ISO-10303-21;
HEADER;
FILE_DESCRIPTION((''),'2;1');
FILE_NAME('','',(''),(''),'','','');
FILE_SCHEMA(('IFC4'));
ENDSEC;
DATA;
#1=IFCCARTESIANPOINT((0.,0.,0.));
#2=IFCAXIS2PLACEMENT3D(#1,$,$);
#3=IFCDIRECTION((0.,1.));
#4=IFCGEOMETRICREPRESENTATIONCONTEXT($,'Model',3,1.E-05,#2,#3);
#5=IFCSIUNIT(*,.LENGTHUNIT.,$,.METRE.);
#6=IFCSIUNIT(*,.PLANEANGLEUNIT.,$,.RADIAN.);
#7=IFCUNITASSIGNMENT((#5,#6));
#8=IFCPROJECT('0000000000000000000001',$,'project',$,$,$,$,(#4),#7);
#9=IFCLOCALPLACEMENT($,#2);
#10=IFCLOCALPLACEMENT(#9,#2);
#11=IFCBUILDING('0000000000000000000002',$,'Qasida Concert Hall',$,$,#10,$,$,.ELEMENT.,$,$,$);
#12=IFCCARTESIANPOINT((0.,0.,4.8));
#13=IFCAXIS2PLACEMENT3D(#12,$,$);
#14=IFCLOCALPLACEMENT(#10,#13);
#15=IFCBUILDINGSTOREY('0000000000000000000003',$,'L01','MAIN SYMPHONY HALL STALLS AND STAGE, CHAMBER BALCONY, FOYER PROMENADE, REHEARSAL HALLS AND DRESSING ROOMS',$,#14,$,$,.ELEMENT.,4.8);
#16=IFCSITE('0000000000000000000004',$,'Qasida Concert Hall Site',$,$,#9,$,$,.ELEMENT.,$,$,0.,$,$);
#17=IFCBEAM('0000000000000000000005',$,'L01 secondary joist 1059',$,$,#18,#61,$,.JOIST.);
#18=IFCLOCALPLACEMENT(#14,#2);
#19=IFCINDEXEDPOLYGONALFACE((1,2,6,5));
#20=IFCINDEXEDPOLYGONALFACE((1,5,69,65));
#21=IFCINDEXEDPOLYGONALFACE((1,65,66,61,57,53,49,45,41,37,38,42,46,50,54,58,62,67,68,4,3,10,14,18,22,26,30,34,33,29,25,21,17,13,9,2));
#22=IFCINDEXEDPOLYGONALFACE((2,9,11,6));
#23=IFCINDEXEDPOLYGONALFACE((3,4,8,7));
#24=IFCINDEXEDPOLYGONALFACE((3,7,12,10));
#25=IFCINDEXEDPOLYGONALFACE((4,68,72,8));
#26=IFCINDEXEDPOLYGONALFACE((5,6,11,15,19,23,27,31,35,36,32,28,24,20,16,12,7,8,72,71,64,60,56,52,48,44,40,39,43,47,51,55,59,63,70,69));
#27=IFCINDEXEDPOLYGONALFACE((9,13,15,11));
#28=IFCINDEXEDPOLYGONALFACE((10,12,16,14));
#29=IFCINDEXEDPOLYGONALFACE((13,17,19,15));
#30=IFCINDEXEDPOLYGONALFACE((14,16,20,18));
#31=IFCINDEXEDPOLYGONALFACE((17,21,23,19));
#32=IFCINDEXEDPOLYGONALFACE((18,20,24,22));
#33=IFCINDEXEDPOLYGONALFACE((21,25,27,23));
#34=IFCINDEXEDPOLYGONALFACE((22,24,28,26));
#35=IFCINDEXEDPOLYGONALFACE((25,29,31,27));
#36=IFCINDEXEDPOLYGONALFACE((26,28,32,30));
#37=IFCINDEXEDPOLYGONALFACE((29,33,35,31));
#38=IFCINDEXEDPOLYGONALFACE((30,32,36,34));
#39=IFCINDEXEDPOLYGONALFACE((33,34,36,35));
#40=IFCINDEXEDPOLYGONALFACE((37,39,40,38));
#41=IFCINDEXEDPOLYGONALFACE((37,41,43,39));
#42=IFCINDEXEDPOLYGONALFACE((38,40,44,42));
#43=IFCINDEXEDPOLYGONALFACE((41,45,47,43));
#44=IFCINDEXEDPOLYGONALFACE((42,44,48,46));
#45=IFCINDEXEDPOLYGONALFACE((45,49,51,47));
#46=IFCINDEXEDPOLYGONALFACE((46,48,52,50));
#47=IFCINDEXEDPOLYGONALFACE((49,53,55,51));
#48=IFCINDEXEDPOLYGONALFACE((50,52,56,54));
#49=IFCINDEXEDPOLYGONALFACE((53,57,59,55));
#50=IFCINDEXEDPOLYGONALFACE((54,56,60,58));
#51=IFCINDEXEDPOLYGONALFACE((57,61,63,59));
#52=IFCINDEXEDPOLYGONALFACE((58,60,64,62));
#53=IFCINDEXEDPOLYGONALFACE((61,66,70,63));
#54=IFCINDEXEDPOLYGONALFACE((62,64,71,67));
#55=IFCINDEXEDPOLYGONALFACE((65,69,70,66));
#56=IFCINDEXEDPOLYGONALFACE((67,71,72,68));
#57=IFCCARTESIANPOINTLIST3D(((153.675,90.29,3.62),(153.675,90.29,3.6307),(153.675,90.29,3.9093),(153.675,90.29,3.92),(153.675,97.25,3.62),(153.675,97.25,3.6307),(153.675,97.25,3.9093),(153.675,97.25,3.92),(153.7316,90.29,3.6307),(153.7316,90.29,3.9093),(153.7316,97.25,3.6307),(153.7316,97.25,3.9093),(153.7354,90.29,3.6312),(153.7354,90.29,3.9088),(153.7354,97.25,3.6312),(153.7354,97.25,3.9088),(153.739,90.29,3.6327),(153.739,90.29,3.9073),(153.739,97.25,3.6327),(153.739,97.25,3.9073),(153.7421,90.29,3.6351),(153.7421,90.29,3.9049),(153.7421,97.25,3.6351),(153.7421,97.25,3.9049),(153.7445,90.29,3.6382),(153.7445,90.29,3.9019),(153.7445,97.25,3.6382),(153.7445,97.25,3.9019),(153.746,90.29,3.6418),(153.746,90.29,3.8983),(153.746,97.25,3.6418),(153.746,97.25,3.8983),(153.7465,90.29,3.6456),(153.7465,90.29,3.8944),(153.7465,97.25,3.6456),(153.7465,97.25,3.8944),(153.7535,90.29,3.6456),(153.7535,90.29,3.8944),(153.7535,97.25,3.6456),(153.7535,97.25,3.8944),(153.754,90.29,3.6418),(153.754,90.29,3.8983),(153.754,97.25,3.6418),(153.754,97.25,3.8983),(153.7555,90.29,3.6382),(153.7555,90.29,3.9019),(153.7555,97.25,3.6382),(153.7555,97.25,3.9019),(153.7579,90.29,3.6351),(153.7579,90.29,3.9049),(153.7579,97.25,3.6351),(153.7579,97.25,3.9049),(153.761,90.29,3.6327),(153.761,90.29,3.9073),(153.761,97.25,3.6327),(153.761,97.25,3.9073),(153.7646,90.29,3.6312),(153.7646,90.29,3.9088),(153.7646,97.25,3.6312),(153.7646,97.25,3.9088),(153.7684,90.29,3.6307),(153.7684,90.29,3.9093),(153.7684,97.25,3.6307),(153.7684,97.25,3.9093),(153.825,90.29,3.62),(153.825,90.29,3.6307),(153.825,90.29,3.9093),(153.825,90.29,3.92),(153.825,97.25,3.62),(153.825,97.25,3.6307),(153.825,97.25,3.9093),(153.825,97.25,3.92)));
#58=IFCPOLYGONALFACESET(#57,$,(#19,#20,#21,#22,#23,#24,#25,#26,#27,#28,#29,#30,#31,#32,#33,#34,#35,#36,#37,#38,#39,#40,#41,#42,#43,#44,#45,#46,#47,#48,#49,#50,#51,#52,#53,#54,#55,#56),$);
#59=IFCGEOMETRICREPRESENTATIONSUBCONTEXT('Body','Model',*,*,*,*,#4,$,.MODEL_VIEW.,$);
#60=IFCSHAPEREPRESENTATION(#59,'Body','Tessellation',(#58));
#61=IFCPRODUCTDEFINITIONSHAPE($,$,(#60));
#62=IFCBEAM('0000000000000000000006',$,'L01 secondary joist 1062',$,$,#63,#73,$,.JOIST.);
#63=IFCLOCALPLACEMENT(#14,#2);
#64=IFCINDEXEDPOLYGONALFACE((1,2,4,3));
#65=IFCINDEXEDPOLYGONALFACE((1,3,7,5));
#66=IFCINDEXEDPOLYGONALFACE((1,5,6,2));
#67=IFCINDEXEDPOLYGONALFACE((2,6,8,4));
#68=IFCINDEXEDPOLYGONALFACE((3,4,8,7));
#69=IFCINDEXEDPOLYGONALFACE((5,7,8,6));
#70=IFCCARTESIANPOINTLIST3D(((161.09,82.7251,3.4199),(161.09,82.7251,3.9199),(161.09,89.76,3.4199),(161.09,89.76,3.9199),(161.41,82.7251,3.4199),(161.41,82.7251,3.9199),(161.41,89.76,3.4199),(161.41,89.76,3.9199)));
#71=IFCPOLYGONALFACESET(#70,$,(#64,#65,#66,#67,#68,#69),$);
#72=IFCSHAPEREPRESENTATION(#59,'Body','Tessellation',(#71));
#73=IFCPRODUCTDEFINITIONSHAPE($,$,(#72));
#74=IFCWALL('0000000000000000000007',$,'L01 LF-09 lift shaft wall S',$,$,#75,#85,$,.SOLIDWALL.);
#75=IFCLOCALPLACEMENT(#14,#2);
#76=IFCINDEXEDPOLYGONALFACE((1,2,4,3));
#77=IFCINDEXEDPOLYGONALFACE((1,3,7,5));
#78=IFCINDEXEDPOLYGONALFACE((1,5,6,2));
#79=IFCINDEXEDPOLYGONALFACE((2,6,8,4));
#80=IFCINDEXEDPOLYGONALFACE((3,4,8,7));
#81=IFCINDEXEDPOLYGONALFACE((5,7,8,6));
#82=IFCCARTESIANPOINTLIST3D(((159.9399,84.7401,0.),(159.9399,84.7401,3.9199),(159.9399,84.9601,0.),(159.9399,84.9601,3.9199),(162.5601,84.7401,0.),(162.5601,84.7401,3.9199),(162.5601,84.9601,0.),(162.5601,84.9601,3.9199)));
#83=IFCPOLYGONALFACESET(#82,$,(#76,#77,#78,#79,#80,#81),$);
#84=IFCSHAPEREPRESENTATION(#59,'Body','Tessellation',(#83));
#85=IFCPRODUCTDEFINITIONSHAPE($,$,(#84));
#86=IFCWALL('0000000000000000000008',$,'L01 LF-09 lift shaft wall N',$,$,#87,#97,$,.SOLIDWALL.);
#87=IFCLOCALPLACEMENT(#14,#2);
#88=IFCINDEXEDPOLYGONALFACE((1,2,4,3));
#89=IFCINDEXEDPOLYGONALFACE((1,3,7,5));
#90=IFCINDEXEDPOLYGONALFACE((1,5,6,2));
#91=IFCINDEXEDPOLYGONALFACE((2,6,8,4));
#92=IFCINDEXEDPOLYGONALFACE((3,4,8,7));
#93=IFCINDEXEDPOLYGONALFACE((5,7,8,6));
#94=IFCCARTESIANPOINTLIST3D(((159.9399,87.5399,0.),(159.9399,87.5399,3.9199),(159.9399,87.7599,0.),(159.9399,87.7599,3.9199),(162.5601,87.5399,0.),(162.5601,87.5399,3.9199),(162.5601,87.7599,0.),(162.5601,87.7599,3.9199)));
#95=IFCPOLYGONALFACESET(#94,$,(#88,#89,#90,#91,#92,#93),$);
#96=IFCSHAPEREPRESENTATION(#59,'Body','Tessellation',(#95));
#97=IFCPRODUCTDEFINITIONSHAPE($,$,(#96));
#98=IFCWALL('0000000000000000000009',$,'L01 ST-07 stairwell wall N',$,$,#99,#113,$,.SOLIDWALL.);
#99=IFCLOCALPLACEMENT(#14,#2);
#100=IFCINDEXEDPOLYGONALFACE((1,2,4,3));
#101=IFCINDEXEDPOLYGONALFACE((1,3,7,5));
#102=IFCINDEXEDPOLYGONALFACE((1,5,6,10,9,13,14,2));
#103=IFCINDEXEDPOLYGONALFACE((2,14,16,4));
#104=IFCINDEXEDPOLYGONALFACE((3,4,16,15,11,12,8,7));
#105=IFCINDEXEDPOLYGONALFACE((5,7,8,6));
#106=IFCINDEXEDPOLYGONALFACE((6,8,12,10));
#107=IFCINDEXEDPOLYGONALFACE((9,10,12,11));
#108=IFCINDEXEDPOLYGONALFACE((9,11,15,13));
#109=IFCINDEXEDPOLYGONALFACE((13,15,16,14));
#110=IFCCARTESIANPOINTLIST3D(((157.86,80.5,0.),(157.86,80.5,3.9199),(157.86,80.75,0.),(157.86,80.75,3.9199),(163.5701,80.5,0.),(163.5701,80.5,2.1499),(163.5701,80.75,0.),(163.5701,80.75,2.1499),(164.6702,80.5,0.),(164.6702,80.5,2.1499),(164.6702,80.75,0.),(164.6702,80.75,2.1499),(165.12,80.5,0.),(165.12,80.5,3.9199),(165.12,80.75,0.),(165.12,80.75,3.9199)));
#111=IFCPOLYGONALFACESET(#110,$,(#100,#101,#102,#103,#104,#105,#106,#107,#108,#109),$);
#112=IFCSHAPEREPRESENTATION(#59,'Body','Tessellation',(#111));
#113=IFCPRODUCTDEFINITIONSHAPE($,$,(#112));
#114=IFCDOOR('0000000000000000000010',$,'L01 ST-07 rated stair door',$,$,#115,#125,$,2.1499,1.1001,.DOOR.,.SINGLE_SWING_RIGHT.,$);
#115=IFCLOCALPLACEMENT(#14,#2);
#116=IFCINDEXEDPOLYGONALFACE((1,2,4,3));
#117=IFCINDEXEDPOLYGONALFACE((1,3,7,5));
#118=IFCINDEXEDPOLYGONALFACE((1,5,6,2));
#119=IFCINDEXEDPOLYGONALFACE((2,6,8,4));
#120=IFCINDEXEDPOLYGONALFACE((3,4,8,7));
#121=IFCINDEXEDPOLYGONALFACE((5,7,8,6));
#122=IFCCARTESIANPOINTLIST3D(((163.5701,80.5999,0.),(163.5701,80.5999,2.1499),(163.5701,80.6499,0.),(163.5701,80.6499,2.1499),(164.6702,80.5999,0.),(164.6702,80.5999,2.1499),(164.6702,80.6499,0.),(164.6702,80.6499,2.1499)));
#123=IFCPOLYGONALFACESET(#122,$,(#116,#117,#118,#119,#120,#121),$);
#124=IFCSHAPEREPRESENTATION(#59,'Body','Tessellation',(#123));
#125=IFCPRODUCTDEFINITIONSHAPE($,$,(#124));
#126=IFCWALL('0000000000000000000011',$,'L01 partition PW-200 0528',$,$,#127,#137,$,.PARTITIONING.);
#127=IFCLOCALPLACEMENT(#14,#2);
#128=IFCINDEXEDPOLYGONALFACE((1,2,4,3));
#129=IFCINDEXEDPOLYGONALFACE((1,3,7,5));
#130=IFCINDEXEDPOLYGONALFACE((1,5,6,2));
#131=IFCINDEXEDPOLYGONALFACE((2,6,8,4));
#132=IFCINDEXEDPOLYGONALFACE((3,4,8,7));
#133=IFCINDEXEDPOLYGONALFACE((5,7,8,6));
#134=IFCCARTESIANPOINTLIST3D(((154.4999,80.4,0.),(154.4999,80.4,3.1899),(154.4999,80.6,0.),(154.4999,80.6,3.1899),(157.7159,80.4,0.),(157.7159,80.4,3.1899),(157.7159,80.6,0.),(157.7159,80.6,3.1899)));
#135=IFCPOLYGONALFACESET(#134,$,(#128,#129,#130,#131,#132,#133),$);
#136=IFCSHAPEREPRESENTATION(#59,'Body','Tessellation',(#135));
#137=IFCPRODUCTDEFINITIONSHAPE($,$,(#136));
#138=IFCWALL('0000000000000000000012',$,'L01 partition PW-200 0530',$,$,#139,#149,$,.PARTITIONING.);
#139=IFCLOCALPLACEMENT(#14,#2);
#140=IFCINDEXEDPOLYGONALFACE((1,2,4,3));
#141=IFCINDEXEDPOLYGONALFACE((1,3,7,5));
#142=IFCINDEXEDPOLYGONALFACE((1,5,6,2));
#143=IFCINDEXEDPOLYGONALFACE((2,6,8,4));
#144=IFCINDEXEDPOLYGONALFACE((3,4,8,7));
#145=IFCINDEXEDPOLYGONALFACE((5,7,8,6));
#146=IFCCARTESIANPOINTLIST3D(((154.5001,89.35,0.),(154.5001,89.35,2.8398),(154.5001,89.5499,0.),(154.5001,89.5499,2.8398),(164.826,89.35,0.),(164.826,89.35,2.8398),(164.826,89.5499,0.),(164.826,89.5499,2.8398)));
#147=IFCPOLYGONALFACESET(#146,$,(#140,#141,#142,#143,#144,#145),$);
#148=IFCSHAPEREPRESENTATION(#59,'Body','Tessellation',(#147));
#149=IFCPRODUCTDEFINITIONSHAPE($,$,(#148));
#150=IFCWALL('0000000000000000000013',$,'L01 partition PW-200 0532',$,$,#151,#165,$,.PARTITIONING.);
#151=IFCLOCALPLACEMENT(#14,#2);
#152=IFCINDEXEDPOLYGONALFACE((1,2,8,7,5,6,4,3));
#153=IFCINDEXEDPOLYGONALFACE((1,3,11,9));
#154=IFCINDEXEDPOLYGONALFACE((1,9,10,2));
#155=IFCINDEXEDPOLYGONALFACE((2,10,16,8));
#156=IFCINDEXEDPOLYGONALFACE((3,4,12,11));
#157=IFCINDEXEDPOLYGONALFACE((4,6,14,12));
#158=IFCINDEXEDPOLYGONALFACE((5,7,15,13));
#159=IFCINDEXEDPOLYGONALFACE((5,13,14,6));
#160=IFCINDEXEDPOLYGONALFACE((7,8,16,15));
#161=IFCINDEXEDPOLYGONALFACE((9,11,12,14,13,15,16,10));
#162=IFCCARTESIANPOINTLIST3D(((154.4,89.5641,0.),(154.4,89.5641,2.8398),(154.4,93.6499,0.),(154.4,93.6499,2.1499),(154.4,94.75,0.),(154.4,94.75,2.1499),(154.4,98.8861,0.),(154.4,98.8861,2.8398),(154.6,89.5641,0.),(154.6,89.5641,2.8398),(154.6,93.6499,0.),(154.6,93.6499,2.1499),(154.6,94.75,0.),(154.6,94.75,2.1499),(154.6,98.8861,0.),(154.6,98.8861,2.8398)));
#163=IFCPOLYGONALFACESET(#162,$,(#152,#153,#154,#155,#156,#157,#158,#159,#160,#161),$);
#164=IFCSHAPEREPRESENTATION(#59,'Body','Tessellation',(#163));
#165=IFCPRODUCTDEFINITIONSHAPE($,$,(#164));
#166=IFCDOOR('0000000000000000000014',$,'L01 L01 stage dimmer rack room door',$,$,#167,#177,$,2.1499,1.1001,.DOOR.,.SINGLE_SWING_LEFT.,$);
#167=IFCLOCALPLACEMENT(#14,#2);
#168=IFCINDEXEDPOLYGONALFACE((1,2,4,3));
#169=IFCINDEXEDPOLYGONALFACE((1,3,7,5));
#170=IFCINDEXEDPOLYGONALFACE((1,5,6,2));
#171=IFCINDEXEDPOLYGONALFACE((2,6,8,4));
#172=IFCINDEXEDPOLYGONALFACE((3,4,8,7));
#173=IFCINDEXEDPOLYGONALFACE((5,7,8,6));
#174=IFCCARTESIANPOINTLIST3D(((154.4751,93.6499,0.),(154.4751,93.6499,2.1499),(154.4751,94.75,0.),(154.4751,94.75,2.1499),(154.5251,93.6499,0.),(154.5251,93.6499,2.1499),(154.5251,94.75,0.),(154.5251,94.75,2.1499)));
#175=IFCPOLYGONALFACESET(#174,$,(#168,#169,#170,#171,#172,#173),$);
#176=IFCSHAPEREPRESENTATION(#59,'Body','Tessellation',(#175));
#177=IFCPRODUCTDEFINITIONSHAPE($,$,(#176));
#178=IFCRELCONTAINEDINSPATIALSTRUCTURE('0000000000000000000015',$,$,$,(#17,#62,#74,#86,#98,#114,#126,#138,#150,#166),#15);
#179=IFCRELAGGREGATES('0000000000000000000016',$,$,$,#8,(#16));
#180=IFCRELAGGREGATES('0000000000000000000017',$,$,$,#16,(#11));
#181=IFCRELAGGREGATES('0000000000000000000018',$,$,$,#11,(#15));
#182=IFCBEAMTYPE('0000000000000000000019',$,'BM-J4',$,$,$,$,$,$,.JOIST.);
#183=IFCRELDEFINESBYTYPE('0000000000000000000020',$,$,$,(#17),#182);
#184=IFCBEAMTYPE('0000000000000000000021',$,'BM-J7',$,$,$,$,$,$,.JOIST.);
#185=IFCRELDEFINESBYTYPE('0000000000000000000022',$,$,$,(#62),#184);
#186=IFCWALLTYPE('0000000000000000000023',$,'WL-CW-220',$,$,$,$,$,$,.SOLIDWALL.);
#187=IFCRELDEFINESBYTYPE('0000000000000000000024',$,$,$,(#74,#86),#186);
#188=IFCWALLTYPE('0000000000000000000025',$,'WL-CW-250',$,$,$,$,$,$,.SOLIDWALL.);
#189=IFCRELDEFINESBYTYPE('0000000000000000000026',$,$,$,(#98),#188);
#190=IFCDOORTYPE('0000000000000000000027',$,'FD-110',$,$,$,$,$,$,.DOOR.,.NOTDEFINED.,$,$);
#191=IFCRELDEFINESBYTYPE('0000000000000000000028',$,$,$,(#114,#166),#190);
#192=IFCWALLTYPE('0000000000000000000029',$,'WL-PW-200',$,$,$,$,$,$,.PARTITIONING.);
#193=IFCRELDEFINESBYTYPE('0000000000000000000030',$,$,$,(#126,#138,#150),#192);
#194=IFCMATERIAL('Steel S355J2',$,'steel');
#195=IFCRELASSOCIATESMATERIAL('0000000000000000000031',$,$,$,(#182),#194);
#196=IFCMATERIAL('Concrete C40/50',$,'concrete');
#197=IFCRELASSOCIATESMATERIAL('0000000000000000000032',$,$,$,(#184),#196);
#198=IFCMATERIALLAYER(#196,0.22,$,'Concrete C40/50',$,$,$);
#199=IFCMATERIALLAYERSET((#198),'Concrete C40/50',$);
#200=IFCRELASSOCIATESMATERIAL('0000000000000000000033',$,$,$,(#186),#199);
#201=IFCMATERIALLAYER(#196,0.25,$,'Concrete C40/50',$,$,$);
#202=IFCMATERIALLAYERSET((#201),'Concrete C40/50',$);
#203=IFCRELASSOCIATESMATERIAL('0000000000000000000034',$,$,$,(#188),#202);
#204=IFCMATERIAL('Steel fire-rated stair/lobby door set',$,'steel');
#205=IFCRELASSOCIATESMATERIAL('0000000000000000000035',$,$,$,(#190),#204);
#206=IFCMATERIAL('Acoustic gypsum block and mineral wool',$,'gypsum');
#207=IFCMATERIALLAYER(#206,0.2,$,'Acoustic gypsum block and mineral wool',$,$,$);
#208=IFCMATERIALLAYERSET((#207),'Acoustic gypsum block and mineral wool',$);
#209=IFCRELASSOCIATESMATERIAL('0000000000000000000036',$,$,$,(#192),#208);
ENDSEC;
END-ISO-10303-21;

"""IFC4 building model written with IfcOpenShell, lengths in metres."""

from ifc_helpers import new_model, si_unit, direction, frame, frame_2d, origin, origin_2d, place, context, subcontext, project, spatial, rectangle, i_section, extrude, material, layer, layer_set, material_profile, profile_set, type_object, element, fill, save


model = new_model("IFC4")

# Units and contexts
model_context = context("Model", 3, precision=1e-05, world=origin(), true_north=direction((0.0, 1.0)))
body_context = subcontext(model_context, "Body", "Model", "MODEL_VIEW")
ifc_project = project(units=[si_unit("LENGTHUNIT", "METRE"), si_unit("PLANEANGLEUNIT", "RADIAN")], contexts=[model_context])

# Site, building, storey
site_placement = place(None, origin())
site = spatial("IfcSite", under=ifc_project, at=site_placement, Name="Qasida Concert Hall Site", CompositionType="ELEMENT", RefElevation=0.0)
building_placement = place(site_placement, origin())
building = spatial("IfcBuilding", under=site, at=building_placement, Name="Qasida Concert Hall", CompositionType="ELEMENT")
storey_placement = place(building_placement, frame((0.0, 0.0, 4.8)))
storey = spatial("IfcBuildingStorey", under=building, at=storey_placement, Name="L01", Description="MAIN SYMPHONY HALL STALLS AND STAGE, CHAMBER BALCONY, FOYER PROMENADE, REHEARSAL HALLS AND DRESSING ROOMS", CompositionType="ELEMENT", Elevation=4.8)

# Beams
ifc_material_1 = material(Name="Concrete C40/50", Category="concrete")
ifc_material_2 = material(Name="Steel S355J2", Category="steel")
ifc_material_profile_1 = material_profile(ifc_material_2, i_section(OverallWidth=0.1499, OverallDepth=0.3, WebThickness=0.0071, FlangeThickness=0.0107, FilletRadius=0.0149, at=origin_2d()), Name="IPE 300")
ifc_profile_set_1 = profile_set([ifc_material_profile_1], Name="Steel S355J2")
beam_type_1 = type_object("IfcBeamType", Name="BM-J4", PredefinedType="JOIST", material=ifc_profile_set_1)
beam_1_placement = place(storey_placement, frame((153.75, 90.29, 3.77), z_axis=(0.0, 1.0, 0.0), x_axis=(-1.0, 0.0, 0.0)))
element("IfcBeam", 1, at=beam_1_placement, inside=storey, type_object=beam_type_1, Name="L01 secondary joist 1059", PredefinedType="JOIST", context=body_context, shape_type="SweptSolid", body=[
    extrude(i_section(OverallWidth=0.1499, OverallDepth=0.3, WebThickness=0.0071, FlangeThickness=0.0107, FilletRadius=0.0149, at=origin_2d()), origin(), (0.0, 0.0, 1.0), 6.96),
])
ifc_material_profile_2 = material_profile(ifc_material_1, rectangle(XDim=0.3201, YDim=0.5, at=origin_2d()), Name="RC 320x500")
ifc_profile_set_2 = profile_set([ifc_material_profile_2], Name="Concrete C40/50")
beam_type_2 = type_object("IfcBeamType", Name="BM-J7", PredefinedType="JOIST", material=ifc_profile_set_2)
beam_2_placement = place(storey_placement, frame((161.25, 82.7251, 3.6699), z_axis=(0.0, 1.0, 0.0), x_axis=(-1.0, 0.0, 0.0)))
element("IfcBeam", 2, at=beam_2_placement, inside=storey, type_object=beam_type_2, Name="L01 secondary joist 1062", PredefinedType="JOIST", context=body_context, shape_type="SweptSolid", body=[
    extrude(rectangle(XDim=0.3201, YDim=0.5, at=origin_2d()), origin(), (0.0, 0.0, 1.0), 7.0349),
])

# Walls
ifc_layer_1 = layer(ifc_material_1, 0.22, Name="Concrete C40/50")
ifc_layer_set_1 = layer_set([ifc_layer_1], Name="Concrete C40/50")
wall_type_1 = type_object("IfcWallType", Name="WL-CW-220", PredefinedType="SOLIDWALL", material=ifc_layer_set_1)
for number, where, z_axis, x_axis, name in (
    (3, (159.9399, 84.8501, 0.0), (0.0, 0.0, 1.0), (1.0, 0.0, 0.0), "L01 LF-09 lift shaft wall S"),
    (4, (159.9399, 87.6499, 0.0), (0.0, 0.0, 1.0), (1.0, 0.0, 0.0), "L01 LF-09 lift shaft wall N"),
):
    element("IfcWall", number, at=place(storey_placement, frame(where, z_axis=z_axis, x_axis=x_axis)), inside=storey, type_object=wall_type_1, Name=name, PredefinedType="SOLIDWALL", context=body_context, shape_type="SweptSolid", body=[
        extrude(rectangle(XDim=2.6201, YDim=0.22, at=frame_2d((1.3101, 0.0))), origin(), (0.0, 0.0, 1.0), 3.9199),
    ])

# Wall, opening, door
ifc_layer_2 = layer(ifc_material_1, 0.25, Name="Concrete C40/50")
ifc_layer_set_2 = layer_set([ifc_layer_2], Name="Concrete C40/50")
wall_type_2 = type_object("IfcWallType", Name="WL-CW-250", PredefinedType="SOLIDWALL", material=ifc_layer_set_2)
wall_1_placement = place(storey_placement, frame((157.8601, 80.625, 0.0), z_axis=(0.0, 0.0, 1.0), x_axis=(1.0, 0.0, 0.0)))
wall_1 = element("IfcWall", 5, at=wall_1_placement, inside=storey, type_object=wall_type_2, Name="L01 ST-07 stairwell wall N", PredefinedType="SOLIDWALL", context=body_context, shape_type="SweptSolid", body=[
    extrude(rectangle(XDim=7.26, YDim=0.25, at=frame_2d((3.6299, 0.0))), origin(), (0.0, 0.0, 1.0), 3.9199),
])
opening_1_placement = place(wall_1_placement, frame((5.71, 0.0, 0.0)))
opening_1 = element("IfcOpeningElement", 6, at=opening_1_placement, cuts=wall_1, PredefinedType="OPENING", context=body_context, shape_type="SweptSolid", body=[
    extrude(rectangle(XDim=1.1001, YDim=2.1499, at=frame_2d((0.55, 1.075))), frame((0.0, 0.135, 0.0), z_axis=(0.0, -1.0, 0.0), x_axis=(1.0, 0.0, 0.0)), (0.0, 0.0, 1.0), 0.27),
])
ifc_material_3 = material(Name="Steel fire-rated stair/lobby door set", Category="steel")
door_type_1 = type_object("IfcDoorType", Name="FD-110", OperationType="NOTDEFINED", PredefinedType="DOOR", material=ifc_material_3)
door_1_placement = place(opening_1_placement, origin())
door_1 = element("IfcDoor", 7, at=door_1_placement, inside=storey, type_object=door_type_1, Name="L01 ST-07 rated stair door", OperationType="SINGLE_SWING_RIGHT", OverallHeight=2.1499, OverallWidth=1.1001, PredefinedType="DOOR", context=body_context, shape_type="SweptSolid", body=[
    extrude(rectangle(XDim=1.1001, YDim=2.1499, at=frame_2d((0.55, 1.075))), frame((0.0, 0.0249, 0.0), z_axis=(0.0, -1.0, 0.0), x_axis=(1.0, 0.0, 0.0)), (0.0, 0.0, 1.0), 0.05),
])
fill(opening_1, door_1)

# Walls
ifc_material_4 = material(Name="Acoustic gypsum block and mineral wool", Category="gypsum")
ifc_layer_3 = layer(ifc_material_4, 0.2, Name="Acoustic gypsum block and mineral wool")
ifc_layer_set_3 = layer_set([ifc_layer_3], Name="Acoustic gypsum block and mineral wool")
wall_type_3 = type_object("IfcWallType", Name="WL-PW-200", PredefinedType="PARTITIONING", material=ifc_layer_set_3)
wall_2_placement = place(storey_placement, frame((154.5, 80.5, 0.0), z_axis=(0.0, 0.0, 1.0), x_axis=(1.0, 0.0, 0.0)))
element("IfcWall", 8, at=wall_2_placement, inside=storey, type_object=wall_type_3, Name="L01 partition PW-200 0528", PredefinedType="PARTITIONING", context=body_context, shape_type="SweptSolid", body=[
    extrude(rectangle(XDim=3.2161, YDim=0.2, at=frame_2d((1.6079, 0.0))), origin(), (0.0, 0.0, 1.0), 3.1899),
])
wall_3_placement = place(storey_placement, frame((154.5, 89.45, 0.0), z_axis=(0.0, 0.0, 1.0), x_axis=(1.0, 0.0, 0.0)))
element("IfcWall", 9, at=wall_3_placement, inside=storey, type_object=wall_type_3, Name="L01 partition PW-200 0530", PredefinedType="PARTITIONING", context=body_context, shape_type="SweptSolid", body=[
    extrude(rectangle(XDim=10.3259, YDim=0.2, at=frame_2d((5.1631, 0.0))), origin(), (0.0, 0.0, 1.0), 2.8398),
])

# Wall, opening, door
wall_4_placement = place(storey_placement, frame((154.5, 89.564, 0.0), z_axis=(0.0, 0.0, 1.0), x_axis=(0.0, 1.0, 0.0)))
wall_4 = element("IfcWall", 10, at=wall_4_placement, inside=storey, type_object=wall_type_3, Name="L01 partition PW-200 0532", PredefinedType="PARTITIONING", context=body_context, shape_type="SweptSolid", body=[
    extrude(rectangle(XDim=9.322, YDim=0.2, at=frame_2d((4.6611, 0.0))), origin(), (0.0, 0.0, 1.0), 2.8398),
])
opening_2_placement = place(wall_4_placement, frame((4.0859, 0.0, 0.0)))
opening_2 = element("IfcOpeningElement", 11, at=opening_2_placement, cuts=wall_4, PredefinedType="OPENING", context=body_context, shape_type="SweptSolid", body=[
    extrude(rectangle(XDim=1.1001, YDim=2.1499, at=frame_2d((0.55, 1.075))), frame((0.0, 0.1099, 0.0), z_axis=(0.0, -1.0, 0.0), x_axis=(1.0, 0.0, 0.0)), (0.0, 0.0, 1.0), 0.22),
])
door_2_placement = place(opening_2_placement, origin())
door_2 = element("IfcDoor", 12, at=door_2_placement, inside=storey, type_object=door_type_1, Name="L01 L01 stage dimmer rack room door", OperationType="SINGLE_SWING_LEFT", OverallHeight=2.1499, OverallWidth=1.1001, PredefinedType="DOOR", context=body_context, shape_type="SweptSolid", body=[
    extrude(rectangle(XDim=1.1001, YDim=2.1499, at=frame_2d((0.55, 1.075))), frame((0.0, 0.0249, 0.0), z_axis=(0.0, -1.0, 0.0), x_axis=(1.0, 0.0, 0.0)), (0.0, 0.0, 1.0), 0.05),
])
fill(opening_2, door_2)

save(model, "model.ifc")
